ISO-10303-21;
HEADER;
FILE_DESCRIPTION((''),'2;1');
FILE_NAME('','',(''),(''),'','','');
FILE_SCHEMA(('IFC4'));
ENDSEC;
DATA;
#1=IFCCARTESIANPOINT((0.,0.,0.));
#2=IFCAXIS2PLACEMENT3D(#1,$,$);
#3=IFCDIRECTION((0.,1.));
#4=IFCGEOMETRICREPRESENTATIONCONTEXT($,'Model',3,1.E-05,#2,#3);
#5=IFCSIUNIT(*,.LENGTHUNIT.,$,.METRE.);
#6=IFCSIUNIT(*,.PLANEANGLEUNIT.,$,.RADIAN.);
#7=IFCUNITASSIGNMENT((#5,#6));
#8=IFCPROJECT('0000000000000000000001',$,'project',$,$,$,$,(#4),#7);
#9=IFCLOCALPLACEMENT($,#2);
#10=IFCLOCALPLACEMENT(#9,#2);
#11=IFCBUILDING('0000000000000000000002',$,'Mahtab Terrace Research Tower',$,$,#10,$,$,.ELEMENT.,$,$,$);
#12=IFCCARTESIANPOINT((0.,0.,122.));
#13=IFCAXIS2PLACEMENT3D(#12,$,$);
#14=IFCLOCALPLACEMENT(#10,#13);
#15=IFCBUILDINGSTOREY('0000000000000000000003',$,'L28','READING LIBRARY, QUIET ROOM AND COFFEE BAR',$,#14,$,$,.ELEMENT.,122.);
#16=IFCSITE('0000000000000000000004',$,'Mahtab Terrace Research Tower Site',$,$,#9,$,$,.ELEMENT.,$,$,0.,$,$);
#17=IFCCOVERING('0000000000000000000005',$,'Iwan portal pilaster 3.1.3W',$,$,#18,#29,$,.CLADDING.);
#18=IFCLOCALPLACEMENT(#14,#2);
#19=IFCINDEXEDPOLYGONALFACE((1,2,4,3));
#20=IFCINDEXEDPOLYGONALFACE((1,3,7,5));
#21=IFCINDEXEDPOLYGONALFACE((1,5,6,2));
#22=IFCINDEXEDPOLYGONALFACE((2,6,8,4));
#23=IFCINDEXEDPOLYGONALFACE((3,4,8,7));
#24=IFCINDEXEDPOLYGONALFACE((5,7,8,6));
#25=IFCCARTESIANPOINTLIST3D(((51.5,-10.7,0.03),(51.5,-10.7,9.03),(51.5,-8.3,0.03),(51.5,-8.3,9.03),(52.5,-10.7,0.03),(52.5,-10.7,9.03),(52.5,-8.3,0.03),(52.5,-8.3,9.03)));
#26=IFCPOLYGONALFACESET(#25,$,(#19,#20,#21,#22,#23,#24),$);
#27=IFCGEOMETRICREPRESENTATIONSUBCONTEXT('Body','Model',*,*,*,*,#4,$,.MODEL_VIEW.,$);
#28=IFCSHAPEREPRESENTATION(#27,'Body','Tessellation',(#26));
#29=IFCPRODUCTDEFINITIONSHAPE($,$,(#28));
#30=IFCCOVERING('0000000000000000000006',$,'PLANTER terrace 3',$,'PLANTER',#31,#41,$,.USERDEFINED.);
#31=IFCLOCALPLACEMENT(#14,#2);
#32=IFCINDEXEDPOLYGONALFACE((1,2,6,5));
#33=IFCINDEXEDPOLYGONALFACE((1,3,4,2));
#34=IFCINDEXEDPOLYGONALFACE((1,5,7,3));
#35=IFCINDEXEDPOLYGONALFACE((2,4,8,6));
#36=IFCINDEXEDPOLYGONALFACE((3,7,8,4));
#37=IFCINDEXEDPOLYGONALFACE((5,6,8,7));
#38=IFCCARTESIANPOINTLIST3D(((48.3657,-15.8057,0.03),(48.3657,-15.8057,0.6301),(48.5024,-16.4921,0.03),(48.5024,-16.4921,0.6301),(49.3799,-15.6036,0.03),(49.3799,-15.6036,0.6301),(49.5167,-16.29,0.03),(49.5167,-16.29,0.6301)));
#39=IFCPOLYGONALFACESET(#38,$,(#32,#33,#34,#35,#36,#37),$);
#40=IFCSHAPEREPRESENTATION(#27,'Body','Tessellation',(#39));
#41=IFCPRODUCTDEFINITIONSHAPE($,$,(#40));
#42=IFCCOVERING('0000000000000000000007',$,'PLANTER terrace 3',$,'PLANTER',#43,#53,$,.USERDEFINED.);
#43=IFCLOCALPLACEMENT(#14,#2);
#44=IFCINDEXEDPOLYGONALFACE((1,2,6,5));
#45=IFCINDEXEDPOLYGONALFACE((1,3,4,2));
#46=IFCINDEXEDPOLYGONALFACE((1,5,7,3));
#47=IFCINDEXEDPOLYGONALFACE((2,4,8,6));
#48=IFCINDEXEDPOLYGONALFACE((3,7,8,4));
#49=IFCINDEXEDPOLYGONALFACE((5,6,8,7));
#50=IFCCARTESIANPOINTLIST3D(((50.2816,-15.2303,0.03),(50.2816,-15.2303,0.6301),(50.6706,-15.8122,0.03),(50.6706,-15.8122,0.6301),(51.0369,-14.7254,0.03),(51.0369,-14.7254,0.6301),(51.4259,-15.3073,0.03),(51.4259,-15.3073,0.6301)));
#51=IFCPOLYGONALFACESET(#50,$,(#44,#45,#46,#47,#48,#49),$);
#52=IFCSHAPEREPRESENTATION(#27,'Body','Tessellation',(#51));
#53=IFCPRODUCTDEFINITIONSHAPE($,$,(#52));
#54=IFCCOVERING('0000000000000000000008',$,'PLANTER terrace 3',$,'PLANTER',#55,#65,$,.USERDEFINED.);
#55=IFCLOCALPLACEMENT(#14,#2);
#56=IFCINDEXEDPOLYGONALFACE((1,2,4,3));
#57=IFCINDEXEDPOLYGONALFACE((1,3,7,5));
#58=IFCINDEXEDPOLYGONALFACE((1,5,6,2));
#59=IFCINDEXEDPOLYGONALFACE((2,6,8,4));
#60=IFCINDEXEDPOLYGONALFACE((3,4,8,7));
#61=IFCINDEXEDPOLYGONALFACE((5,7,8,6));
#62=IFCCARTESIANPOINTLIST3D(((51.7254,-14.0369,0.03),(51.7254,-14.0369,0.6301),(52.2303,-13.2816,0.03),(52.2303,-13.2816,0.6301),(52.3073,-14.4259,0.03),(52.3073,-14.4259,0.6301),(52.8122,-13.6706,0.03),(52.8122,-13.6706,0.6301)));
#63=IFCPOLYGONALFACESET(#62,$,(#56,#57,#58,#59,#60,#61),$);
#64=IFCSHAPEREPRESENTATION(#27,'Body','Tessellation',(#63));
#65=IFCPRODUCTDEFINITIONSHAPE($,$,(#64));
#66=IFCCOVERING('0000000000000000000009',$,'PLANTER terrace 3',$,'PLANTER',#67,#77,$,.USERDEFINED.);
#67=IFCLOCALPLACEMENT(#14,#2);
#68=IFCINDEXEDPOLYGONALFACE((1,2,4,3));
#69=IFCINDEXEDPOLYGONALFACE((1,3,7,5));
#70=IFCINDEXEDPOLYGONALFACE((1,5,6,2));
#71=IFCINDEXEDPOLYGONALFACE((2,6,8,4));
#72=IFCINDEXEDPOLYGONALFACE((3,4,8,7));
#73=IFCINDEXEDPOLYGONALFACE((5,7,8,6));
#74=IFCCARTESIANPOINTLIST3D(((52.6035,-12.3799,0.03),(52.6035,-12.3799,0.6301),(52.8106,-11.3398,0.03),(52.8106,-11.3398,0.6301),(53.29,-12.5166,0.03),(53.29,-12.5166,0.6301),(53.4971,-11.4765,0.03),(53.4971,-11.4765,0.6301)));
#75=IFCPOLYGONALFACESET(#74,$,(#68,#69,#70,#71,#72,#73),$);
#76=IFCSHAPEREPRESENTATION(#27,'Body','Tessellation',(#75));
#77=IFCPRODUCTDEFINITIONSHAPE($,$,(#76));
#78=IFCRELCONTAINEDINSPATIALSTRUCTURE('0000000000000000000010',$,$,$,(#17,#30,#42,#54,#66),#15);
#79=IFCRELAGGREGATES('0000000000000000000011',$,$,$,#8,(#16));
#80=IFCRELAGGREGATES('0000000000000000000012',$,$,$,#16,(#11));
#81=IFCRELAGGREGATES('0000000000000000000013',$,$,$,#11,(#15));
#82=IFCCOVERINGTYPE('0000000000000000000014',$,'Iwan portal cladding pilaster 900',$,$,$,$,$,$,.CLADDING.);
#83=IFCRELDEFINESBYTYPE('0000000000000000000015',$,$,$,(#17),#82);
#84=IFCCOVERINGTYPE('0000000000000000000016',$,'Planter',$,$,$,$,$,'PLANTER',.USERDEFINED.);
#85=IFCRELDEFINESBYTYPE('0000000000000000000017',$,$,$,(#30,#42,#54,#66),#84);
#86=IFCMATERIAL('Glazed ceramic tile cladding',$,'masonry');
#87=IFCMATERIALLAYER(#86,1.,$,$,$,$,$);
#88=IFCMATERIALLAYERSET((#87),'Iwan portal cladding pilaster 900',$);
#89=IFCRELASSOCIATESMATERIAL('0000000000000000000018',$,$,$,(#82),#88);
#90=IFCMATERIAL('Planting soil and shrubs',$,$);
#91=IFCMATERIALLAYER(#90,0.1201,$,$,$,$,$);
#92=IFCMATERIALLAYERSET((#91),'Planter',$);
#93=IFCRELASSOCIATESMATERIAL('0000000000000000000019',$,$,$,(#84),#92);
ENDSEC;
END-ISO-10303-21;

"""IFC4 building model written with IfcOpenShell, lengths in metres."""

from ifc_helpers import new_model, si_unit, direction, frame, origin, origin_2d, place, context, subcontext, project, spatial, rectangle, extrude, material, layer, layer_set, type_object, element, save


model = new_model("IFC4")

# Units and contexts
model_context = context("Model", 3, precision=1e-05, world=origin(), true_north=direction((0.0, 1.0)))
body_context = subcontext(model_context, "Body", "Model", "MODEL_VIEW")
ifc_project = project(units=[si_unit("LENGTHUNIT", "METRE"), si_unit("PLANEANGLEUNIT", "RADIAN")], contexts=[model_context])

# Site, building, storey
site_placement = place(None, origin())
site = spatial("IfcSite", under=ifc_project, at=site_placement, Name="Mahtab Terrace Research Tower Site", CompositionType="ELEMENT", RefElevation=0.0)
building_placement = place(site_placement, origin())
building = spatial("IfcBuilding", under=site, at=building_placement, Name="Mahtab Terrace Research Tower", CompositionType="ELEMENT")
storey_placement = place(building_placement, frame((0.0, 0.0, 122.0)))
storey = spatial("IfcBuildingStorey", under=building, at=storey_placement, Name="L28", Description="READING LIBRARY, QUIET ROOM AND COFFEE BAR", CompositionType="ELEMENT", Elevation=122.0)

# Coverings
ifc_material_1 = material(Name="Glazed ceramic tile cladding", Category="masonry")
ifc_layer_1 = layer(ifc_material_1, 1.0)
ifc_layer_set_1 = layer_set([ifc_layer_1], Name="Iwan portal cladding pilaster 900")
covering_type_1 = type_object("IfcCoveringType", Name="Iwan portal cladding pilaster 900", PredefinedType="CLADDING", material=ifc_layer_set_1)
covering_1_placement = place(storey_placement, frame((52.0, -9.5, 0.03), z_axis=(0.0, 0.0, 1.0), x_axis=(0.0, 1.0, 0.0)))
element("IfcCovering", 1, at=covering_1_placement, inside=storey, type_object=covering_type_1, Name="Iwan portal pilaster 3.1.3W", PredefinedType="CLADDING", context=body_context, shape_type="SweptSolid", body=[
    extrude(rectangle(XDim=2.3999, YDim=1.0, at=origin_2d()), origin(), (0.0, 0.0, 1.0), 9.0),
])
ifc_material_2 = material(Name="Planting soil and shrubs")
ifc_layer_2 = layer(ifc_material_2, 0.1201)
ifc_layer_set_2 = layer_set([ifc_layer_2], Name="Planter")
covering_type_2 = type_object("IfcCoveringType", Name="Planter", ElementType="PLANTER", PredefinedType="USERDEFINED", material=ifc_layer_set_2)
covering_2_placement = place(storey_placement, frame((48.9412, -16.0479, 0.03), z_axis=(0.0, 0.0, 1.0), x_axis=(0.980725, 0.195395, 0.0)))
element("IfcCovering", 2, at=covering_2_placement, inside=storey, type_object=covering_type_2, Name="PLANTER terrace 3", ObjectType="PLANTER", PredefinedType="USERDEFINED", context=body_context, shape_type="SweptSolid", body=[
    extrude(rectangle(XDim=1.0342, YDim=0.7, at=origin_2d()), origin(), (0.0, 0.0, 1.0), 0.6001),
])
for number, where, z_axis, x_axis, name in (
    (3, (50.8538, -15.2688, 0.03), (0.0, 0.0, 1.0), (0.831344, 0.555757, 0.0), "PLANTER terrace 3"),
    (4, (52.2688, -13.8538, 0.03), (0.0, 0.0, 1.0), (0.555757, 0.831344, 0.0), "PLANTER terrace 3"),
):
    element("IfcCovering", number, at=place(storey_placement, frame(where, z_axis=z_axis, x_axis=x_axis)), inside=storey, type_object=covering_type_2, Name=name, ObjectType="PLANTER", PredefinedType="USERDEFINED", context=body_context, shape_type="SweptSolid", body=[
        extrude(rectangle(XDim=0.9084, YDim=0.7, at=origin_2d()), origin(), (0.0, 0.0, 1.0), 0.6001),
    ])
covering_3_placement = place(storey_placement, frame((53.0503, -11.9282, 0.03), z_axis=(0.0, 0.0, 1.0), x_axis=(0.195304, 0.980743, 0.0)))
element("IfcCovering", 5, at=covering_3_placement, inside=storey, type_object=covering_type_2, Name="PLANTER terrace 3", ObjectType="PLANTER", PredefinedType="USERDEFINED", context=body_context, shape_type="SweptSolid", body=[
    extrude(rectangle(XDim=1.0605, YDim=0.7, at=origin_2d()), origin(), (0.0, 0.0, 1.0), 0.6001),
])

save(model, "model.ifc")
